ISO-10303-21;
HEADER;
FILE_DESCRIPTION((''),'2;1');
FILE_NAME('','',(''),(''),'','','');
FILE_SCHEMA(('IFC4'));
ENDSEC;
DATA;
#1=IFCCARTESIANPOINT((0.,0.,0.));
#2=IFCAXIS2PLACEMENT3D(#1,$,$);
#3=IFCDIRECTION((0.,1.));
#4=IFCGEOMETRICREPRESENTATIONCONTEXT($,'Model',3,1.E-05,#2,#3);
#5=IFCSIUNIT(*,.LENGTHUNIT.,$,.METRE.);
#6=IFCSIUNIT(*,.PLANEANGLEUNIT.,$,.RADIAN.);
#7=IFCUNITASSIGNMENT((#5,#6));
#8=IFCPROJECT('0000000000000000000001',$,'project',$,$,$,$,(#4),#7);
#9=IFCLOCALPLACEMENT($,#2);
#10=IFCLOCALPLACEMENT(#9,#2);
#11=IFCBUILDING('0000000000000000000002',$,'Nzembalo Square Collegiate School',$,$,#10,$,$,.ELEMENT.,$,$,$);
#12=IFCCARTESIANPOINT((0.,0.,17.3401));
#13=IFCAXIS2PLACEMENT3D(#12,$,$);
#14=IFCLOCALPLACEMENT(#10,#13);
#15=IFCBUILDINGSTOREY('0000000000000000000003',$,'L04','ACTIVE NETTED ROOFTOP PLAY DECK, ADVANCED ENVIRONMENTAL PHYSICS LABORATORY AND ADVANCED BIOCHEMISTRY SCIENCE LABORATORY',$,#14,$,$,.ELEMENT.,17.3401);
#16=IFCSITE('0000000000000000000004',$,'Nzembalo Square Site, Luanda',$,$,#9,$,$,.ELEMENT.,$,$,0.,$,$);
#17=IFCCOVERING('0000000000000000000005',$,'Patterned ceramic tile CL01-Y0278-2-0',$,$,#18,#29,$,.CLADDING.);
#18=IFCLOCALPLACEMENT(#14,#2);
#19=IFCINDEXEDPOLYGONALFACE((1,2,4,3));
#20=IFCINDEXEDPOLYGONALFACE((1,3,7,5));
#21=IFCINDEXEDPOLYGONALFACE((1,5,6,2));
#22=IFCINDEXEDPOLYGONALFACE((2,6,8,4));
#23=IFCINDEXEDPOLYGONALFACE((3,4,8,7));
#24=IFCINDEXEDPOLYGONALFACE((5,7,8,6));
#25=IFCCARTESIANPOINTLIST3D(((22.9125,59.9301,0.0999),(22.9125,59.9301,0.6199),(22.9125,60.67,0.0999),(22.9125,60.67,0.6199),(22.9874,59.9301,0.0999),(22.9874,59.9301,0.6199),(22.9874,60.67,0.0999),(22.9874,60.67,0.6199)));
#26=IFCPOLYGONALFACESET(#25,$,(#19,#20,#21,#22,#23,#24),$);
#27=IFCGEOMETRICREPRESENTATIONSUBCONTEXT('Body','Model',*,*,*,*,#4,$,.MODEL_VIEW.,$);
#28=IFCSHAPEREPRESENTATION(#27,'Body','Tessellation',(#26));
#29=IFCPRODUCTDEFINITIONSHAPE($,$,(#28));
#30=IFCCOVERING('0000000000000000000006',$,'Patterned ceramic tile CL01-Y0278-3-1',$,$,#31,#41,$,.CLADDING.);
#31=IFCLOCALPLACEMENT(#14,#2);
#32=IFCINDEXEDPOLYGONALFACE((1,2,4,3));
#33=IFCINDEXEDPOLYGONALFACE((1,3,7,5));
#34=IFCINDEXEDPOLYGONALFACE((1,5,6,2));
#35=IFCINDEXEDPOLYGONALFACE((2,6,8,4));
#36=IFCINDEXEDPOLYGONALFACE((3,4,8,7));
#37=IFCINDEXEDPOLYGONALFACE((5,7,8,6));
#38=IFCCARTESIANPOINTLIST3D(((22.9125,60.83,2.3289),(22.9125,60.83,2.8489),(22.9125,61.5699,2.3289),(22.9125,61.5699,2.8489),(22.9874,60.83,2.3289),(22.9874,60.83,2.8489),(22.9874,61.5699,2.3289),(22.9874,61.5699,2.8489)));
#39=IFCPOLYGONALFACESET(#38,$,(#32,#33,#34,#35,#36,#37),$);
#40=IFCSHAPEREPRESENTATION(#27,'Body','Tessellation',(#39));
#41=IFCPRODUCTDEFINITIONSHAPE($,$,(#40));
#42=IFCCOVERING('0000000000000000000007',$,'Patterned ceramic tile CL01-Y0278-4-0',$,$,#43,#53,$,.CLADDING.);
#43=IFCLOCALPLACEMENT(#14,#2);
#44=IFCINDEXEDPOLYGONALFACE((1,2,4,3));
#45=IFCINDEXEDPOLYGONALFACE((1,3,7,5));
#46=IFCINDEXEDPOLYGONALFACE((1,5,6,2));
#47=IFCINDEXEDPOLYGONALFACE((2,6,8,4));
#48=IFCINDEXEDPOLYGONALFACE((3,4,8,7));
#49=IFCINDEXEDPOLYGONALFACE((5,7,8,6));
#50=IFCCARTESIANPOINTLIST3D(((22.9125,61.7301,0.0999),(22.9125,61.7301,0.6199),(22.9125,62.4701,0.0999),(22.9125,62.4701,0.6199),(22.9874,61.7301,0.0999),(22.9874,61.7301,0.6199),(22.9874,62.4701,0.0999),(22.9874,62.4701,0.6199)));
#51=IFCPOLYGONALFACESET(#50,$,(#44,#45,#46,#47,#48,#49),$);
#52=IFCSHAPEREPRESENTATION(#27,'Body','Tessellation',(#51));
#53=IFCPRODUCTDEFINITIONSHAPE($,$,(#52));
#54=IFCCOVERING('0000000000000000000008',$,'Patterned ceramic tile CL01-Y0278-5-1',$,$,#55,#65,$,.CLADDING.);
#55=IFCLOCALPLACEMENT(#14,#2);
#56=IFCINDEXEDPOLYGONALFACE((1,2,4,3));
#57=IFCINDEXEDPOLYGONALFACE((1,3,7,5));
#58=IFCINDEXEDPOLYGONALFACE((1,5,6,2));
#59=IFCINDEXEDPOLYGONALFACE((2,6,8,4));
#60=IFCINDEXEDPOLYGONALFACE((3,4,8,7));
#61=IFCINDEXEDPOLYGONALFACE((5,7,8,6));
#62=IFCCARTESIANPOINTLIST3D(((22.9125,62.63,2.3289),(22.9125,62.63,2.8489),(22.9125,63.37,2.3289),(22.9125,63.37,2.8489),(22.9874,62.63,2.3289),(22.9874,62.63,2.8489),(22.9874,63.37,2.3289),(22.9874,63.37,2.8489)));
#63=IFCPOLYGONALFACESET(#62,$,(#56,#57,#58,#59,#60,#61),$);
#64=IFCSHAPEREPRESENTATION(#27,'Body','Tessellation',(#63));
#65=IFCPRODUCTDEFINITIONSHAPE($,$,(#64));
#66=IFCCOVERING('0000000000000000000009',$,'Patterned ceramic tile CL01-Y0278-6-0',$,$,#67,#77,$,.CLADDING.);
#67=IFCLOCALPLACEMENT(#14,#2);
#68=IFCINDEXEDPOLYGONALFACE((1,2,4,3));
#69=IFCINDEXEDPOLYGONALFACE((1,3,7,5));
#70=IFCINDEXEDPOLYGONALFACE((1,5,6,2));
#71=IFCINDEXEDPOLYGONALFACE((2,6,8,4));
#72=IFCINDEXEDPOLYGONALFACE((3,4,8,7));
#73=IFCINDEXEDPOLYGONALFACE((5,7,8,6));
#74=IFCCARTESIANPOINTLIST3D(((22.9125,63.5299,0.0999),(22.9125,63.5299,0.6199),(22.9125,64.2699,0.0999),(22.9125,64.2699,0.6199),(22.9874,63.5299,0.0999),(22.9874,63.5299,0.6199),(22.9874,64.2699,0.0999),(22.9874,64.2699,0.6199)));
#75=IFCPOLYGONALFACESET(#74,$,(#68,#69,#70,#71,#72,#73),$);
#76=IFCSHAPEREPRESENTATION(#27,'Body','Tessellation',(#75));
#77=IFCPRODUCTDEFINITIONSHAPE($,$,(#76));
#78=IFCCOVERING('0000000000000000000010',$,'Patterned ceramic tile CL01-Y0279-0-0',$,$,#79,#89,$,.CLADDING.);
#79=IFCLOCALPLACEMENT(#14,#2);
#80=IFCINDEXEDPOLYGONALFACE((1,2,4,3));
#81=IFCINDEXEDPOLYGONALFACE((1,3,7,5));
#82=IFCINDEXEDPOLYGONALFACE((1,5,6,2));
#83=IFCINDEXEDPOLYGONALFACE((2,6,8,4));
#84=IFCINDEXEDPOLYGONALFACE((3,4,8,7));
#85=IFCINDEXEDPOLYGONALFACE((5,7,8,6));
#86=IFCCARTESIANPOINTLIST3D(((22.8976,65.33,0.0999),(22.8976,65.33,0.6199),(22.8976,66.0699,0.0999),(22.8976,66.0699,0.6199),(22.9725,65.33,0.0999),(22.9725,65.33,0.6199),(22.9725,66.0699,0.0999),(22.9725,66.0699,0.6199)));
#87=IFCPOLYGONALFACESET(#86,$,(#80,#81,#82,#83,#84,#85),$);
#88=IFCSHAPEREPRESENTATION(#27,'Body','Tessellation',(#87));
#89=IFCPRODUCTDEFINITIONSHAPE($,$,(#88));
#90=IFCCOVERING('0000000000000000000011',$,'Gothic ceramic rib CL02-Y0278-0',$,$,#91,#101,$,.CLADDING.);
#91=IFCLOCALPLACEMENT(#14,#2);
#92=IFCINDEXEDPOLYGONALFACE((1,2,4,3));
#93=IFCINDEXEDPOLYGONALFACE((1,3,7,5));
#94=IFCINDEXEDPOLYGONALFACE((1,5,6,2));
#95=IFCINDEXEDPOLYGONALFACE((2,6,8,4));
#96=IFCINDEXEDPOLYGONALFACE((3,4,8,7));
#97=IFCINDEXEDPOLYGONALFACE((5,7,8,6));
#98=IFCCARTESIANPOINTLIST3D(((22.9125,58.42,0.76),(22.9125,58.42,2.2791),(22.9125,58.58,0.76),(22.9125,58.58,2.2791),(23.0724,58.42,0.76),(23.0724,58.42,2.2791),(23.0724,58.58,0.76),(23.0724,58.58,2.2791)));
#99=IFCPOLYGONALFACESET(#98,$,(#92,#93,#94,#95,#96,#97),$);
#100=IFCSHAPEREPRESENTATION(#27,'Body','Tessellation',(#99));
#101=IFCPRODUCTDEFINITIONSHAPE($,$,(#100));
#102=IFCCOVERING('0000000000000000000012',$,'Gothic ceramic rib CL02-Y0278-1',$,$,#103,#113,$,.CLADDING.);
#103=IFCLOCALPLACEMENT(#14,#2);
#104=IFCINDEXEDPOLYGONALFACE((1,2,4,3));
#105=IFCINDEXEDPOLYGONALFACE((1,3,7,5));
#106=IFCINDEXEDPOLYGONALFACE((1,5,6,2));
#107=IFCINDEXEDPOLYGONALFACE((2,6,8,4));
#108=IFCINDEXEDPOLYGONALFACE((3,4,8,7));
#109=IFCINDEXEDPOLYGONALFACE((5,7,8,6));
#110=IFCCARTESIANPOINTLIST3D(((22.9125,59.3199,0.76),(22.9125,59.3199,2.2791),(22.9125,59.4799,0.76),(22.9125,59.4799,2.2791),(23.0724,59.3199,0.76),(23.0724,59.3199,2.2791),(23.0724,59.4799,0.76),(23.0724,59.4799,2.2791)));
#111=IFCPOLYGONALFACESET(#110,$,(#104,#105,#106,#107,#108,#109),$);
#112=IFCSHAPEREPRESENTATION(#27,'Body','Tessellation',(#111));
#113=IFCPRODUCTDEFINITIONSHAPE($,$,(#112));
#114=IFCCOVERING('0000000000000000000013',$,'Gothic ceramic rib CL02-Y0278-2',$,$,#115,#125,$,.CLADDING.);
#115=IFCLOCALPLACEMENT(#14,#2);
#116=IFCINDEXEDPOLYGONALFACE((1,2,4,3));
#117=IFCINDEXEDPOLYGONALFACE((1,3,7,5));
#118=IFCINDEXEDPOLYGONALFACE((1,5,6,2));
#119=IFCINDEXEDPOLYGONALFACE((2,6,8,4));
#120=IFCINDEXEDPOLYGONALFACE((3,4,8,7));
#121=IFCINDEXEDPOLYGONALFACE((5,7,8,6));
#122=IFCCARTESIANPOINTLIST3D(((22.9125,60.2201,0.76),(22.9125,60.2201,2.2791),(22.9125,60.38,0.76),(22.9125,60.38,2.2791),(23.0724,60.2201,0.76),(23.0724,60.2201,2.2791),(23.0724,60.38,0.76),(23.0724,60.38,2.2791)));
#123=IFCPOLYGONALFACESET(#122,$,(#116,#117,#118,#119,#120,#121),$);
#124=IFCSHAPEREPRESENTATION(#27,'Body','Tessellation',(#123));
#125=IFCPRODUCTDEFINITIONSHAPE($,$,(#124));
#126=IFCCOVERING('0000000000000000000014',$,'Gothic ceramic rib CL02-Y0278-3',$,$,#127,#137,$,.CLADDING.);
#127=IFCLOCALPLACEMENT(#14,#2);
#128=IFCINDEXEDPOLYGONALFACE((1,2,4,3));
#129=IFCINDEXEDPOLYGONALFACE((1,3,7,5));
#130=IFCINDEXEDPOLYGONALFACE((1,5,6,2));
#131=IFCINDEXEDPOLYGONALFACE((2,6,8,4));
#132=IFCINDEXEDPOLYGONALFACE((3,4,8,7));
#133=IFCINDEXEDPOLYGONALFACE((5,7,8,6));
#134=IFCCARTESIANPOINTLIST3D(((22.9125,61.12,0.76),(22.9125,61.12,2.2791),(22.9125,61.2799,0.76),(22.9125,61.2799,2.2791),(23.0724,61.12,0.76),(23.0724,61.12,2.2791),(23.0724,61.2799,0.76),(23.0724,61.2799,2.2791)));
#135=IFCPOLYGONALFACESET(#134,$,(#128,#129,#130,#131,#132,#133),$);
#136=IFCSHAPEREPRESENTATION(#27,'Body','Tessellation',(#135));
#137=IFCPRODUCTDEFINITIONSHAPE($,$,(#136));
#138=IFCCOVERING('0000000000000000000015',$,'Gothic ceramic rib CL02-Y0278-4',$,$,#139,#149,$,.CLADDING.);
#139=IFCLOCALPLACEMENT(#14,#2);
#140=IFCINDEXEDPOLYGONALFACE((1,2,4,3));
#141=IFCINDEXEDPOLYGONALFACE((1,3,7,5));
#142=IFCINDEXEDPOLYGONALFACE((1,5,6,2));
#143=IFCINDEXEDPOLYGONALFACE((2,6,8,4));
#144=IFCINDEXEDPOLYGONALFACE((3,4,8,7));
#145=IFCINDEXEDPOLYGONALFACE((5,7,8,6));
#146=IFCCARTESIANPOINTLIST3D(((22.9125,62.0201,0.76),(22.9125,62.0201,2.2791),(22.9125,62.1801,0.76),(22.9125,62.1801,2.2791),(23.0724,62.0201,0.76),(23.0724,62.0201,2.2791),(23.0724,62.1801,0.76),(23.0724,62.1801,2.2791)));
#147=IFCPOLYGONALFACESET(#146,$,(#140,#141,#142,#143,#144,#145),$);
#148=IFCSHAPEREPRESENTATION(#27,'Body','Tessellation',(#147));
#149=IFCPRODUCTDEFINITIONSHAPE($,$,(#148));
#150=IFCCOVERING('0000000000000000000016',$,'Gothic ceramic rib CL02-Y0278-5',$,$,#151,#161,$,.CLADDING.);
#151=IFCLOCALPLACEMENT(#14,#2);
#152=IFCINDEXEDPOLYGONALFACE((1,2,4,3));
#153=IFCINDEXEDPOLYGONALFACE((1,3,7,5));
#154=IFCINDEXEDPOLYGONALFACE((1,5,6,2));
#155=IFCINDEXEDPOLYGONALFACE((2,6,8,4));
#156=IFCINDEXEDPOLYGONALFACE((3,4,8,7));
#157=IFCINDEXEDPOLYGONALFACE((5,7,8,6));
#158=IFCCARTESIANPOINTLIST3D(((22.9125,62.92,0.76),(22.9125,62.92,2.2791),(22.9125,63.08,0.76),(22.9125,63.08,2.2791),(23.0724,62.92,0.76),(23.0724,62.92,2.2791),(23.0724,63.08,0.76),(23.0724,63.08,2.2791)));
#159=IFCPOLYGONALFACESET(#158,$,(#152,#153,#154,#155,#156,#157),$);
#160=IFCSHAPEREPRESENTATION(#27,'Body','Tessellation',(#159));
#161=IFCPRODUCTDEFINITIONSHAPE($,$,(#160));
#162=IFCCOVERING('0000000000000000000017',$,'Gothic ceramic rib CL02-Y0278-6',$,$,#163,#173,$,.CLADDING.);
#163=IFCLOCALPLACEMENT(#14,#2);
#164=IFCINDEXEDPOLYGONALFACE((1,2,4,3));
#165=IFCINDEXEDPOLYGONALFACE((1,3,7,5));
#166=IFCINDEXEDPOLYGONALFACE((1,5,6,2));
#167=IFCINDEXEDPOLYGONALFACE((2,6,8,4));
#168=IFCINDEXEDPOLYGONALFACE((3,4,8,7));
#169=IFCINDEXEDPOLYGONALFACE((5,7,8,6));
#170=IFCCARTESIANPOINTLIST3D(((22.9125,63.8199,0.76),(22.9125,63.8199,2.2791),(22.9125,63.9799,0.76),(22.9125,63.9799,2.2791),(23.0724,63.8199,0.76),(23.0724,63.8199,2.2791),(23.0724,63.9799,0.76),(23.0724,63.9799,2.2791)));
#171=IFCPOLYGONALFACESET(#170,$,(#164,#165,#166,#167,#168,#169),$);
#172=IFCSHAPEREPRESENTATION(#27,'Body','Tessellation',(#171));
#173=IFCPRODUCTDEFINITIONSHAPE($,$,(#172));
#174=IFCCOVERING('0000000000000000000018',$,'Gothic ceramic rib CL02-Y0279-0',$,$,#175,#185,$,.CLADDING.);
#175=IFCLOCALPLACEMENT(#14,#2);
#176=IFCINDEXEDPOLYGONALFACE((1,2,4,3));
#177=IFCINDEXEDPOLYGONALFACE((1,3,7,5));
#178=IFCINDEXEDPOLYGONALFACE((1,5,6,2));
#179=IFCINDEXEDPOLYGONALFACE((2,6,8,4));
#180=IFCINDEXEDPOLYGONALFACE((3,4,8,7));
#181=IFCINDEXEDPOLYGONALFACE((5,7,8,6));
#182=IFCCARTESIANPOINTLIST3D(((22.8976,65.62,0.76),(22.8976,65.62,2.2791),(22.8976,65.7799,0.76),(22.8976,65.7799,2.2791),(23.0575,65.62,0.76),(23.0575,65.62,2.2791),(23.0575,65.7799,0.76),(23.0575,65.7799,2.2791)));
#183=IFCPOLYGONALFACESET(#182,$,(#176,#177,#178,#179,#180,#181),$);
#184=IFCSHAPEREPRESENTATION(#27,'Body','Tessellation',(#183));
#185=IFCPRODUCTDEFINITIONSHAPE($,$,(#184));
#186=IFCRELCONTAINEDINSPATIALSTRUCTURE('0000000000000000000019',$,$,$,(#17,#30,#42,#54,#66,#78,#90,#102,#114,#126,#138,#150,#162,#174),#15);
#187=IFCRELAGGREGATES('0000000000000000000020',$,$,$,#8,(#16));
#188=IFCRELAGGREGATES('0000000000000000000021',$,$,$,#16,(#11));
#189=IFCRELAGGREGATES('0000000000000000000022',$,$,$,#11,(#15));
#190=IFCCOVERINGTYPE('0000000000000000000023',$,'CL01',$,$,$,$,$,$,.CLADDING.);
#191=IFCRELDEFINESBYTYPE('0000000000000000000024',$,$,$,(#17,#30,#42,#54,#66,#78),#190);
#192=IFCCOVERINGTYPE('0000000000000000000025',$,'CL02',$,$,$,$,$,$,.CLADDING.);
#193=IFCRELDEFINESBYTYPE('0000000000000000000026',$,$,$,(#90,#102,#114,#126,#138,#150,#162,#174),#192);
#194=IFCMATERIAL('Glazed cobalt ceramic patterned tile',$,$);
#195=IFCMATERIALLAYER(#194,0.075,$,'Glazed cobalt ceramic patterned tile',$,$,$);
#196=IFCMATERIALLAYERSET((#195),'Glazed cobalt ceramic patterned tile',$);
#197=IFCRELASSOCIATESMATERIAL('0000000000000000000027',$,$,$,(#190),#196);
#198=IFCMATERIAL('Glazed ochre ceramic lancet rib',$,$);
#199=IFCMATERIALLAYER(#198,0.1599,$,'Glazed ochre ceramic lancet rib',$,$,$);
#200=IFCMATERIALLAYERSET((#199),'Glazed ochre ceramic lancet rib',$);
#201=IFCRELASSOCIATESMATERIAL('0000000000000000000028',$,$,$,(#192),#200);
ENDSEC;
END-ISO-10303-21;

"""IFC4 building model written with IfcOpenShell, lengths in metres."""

from ifc_helpers import new_model, si_unit, direction, frame, origin, origin_2d, place, context, subcontext, project, spatial, rectangle, extrude, material, layer, layer_set, type_object, element, save


model = new_model("IFC4")

# Units and contexts
model_context = context("Model", 3, precision=1e-05, world=origin(), true_north=direction((0.0, 1.0)))
body_context = subcontext(model_context, "Body", "Model", "MODEL_VIEW")
ifc_project = project(units=[si_unit("LENGTHUNIT", "METRE"), si_unit("PLANEANGLEUNIT", "RADIAN")], contexts=[model_context])

# Site, building, storey
site_placement = place(None, origin())
site = spatial("IfcSite", under=ifc_project, at=site_placement, Name="Nzembalo Square Site, Luanda", CompositionType="ELEMENT", RefElevation=0.0)
building_placement = place(site_placement, origin())
building = spatial("IfcBuilding", under=site, at=building_placement, Name="Nzembalo Square Collegiate School", CompositionType="ELEMENT")
storey_placement = place(building_placement, frame((0.0, 0.0, 17.3401)))
storey = spatial("IfcBuildingStorey", under=building, at=storey_placement, Name="L04", Description="ACTIVE NETTED ROOFTOP PLAY DECK, ADVANCED ENVIRONMENTAL PHYSICS LABORATORY AND ADVANCED BIOCHEMISTRY SCIENCE LABORATORY", CompositionType="ELEMENT", Elevation=17.3401)

# Coverings
ifc_material_1 = material(Name="Glazed cobalt ceramic patterned tile")
ifc_layer_1 = layer(ifc_material_1, 0.075, Name="Glazed cobalt ceramic patterned tile")
ifc_layer_set_1 = layer_set([ifc_layer_1], Name="Glazed cobalt ceramic patterned tile")
covering_type_1 = type_object("IfcCoveringType", Name="CL01", PredefinedType="CLADDING", material=ifc_layer_set_1)
for number, where, z_axis, x_axis, name in (
    (1, (22.95, 60.3, 0.0999), (0.0, 0.0, 1.0), (1.0, 0.0, 0.0), "Patterned ceramic tile CL01-Y0278-2-0"),
    (2, (22.95, 61.2, 2.3289), (0.0, 0.0, 1.0), (1.0, 0.0, 0.0), "Patterned ceramic tile CL01-Y0278-3-1"),
    (3, (22.95, 62.1001, 0.0999), (0.0, 0.0, 1.0), (1.0, 0.0, 0.0), "Patterned ceramic tile CL01-Y0278-4-0"),
    (4, (22.95, 63.0, 2.3289), (0.0, 0.0, 1.0), (1.0, 0.0, 0.0), "Patterned ceramic tile CL01-Y0278-5-1"),
    (5, (22.95, 63.8999, 0.0999), (0.0, 0.0, 1.0), (1.0, 0.0, 0.0), "Patterned ceramic tile CL01-Y0278-6-0"),
    (6, (22.9351, 65.7, 0.0999), (0.0, 0.0, 1.0), (1.0, 0.0, 0.0), "Patterned ceramic tile CL01-Y0279-0-0"),
):
    element("IfcCovering", number, at=place(storey_placement, frame(where, z_axis=z_axis, x_axis=x_axis)), inside=storey, type_object=covering_type_1, Name=name, PredefinedType="CLADDING", context=body_context, shape_type="SweptSolid", body=[
        extrude(rectangle(XDim=0.075, YDim=0.74, at=origin_2d()), origin(), (0.0, 0.0, 1.0), 0.52),
    ])
ifc_material_2 = material(Name="Glazed ochre ceramic lancet rib")
ifc_layer_2 = layer(ifc_material_2, 0.1599, Name="Glazed ochre ceramic lancet rib")
ifc_layer_set_2 = layer_set([ifc_layer_2], Name="Glazed ochre ceramic lancet rib")
covering_type_2 = type_object("IfcCoveringType", Name="CL02", PredefinedType="CLADDING", material=ifc_layer_set_2)
for number, where, z_axis, x_axis, name in (
    (7, (22.9924, 58.5, 0.76), (0.0, 0.0, 1.0), (1.0, 0.0, 0.0), "Gothic ceramic rib CL02-Y0278-0"),
    (8, (22.9924, 59.3999, 0.76), (0.0, 0.0, 1.0), (1.0, 0.0, 0.0), "Gothic ceramic rib CL02-Y0278-1"),
    (9, (22.9924, 60.3, 0.76), (0.0, 0.0, 1.0), (1.0, 0.0, 0.0), "Gothic ceramic rib CL02-Y0278-2"),
    (10, (22.9924, 61.2, 0.76), (0.0, 0.0, 1.0), (1.0, 0.0, 0.0), "Gothic ceramic rib CL02-Y0278-3"),
    (11, (22.9924, 62.1001, 0.76), (0.0, 0.0, 1.0), (1.0, 0.0, 0.0), "Gothic ceramic rib CL02-Y0278-4"),
    (12, (22.9924, 63.0, 0.76), (0.0, 0.0, 1.0), (1.0, 0.0, 0.0), "Gothic ceramic rib CL02-Y0278-5"),
    (13, (22.9924, 63.8999, 0.76), (0.0, 0.0, 1.0), (1.0, 0.0, 0.0), "Gothic ceramic rib CL02-Y0278-6"),
    (14, (22.9775, 65.7, 0.76), (0.0, 0.0, 1.0), (1.0, 0.0, 0.0), "Gothic ceramic rib CL02-Y0279-0"),
):
    element("IfcCovering", number, at=place(storey_placement, frame(where, z_axis=z_axis, x_axis=x_axis)), inside=storey, type_object=covering_type_2, Name=name, PredefinedType="CLADDING", context=body_context, shape_type="SweptSolid", body=[
        extrude(rectangle(XDim=0.1599, YDim=0.1599, at=origin_2d()), origin(), (0.0, 0.0, 1.0), 1.519),
    ])

save(model, "model.ifc")
